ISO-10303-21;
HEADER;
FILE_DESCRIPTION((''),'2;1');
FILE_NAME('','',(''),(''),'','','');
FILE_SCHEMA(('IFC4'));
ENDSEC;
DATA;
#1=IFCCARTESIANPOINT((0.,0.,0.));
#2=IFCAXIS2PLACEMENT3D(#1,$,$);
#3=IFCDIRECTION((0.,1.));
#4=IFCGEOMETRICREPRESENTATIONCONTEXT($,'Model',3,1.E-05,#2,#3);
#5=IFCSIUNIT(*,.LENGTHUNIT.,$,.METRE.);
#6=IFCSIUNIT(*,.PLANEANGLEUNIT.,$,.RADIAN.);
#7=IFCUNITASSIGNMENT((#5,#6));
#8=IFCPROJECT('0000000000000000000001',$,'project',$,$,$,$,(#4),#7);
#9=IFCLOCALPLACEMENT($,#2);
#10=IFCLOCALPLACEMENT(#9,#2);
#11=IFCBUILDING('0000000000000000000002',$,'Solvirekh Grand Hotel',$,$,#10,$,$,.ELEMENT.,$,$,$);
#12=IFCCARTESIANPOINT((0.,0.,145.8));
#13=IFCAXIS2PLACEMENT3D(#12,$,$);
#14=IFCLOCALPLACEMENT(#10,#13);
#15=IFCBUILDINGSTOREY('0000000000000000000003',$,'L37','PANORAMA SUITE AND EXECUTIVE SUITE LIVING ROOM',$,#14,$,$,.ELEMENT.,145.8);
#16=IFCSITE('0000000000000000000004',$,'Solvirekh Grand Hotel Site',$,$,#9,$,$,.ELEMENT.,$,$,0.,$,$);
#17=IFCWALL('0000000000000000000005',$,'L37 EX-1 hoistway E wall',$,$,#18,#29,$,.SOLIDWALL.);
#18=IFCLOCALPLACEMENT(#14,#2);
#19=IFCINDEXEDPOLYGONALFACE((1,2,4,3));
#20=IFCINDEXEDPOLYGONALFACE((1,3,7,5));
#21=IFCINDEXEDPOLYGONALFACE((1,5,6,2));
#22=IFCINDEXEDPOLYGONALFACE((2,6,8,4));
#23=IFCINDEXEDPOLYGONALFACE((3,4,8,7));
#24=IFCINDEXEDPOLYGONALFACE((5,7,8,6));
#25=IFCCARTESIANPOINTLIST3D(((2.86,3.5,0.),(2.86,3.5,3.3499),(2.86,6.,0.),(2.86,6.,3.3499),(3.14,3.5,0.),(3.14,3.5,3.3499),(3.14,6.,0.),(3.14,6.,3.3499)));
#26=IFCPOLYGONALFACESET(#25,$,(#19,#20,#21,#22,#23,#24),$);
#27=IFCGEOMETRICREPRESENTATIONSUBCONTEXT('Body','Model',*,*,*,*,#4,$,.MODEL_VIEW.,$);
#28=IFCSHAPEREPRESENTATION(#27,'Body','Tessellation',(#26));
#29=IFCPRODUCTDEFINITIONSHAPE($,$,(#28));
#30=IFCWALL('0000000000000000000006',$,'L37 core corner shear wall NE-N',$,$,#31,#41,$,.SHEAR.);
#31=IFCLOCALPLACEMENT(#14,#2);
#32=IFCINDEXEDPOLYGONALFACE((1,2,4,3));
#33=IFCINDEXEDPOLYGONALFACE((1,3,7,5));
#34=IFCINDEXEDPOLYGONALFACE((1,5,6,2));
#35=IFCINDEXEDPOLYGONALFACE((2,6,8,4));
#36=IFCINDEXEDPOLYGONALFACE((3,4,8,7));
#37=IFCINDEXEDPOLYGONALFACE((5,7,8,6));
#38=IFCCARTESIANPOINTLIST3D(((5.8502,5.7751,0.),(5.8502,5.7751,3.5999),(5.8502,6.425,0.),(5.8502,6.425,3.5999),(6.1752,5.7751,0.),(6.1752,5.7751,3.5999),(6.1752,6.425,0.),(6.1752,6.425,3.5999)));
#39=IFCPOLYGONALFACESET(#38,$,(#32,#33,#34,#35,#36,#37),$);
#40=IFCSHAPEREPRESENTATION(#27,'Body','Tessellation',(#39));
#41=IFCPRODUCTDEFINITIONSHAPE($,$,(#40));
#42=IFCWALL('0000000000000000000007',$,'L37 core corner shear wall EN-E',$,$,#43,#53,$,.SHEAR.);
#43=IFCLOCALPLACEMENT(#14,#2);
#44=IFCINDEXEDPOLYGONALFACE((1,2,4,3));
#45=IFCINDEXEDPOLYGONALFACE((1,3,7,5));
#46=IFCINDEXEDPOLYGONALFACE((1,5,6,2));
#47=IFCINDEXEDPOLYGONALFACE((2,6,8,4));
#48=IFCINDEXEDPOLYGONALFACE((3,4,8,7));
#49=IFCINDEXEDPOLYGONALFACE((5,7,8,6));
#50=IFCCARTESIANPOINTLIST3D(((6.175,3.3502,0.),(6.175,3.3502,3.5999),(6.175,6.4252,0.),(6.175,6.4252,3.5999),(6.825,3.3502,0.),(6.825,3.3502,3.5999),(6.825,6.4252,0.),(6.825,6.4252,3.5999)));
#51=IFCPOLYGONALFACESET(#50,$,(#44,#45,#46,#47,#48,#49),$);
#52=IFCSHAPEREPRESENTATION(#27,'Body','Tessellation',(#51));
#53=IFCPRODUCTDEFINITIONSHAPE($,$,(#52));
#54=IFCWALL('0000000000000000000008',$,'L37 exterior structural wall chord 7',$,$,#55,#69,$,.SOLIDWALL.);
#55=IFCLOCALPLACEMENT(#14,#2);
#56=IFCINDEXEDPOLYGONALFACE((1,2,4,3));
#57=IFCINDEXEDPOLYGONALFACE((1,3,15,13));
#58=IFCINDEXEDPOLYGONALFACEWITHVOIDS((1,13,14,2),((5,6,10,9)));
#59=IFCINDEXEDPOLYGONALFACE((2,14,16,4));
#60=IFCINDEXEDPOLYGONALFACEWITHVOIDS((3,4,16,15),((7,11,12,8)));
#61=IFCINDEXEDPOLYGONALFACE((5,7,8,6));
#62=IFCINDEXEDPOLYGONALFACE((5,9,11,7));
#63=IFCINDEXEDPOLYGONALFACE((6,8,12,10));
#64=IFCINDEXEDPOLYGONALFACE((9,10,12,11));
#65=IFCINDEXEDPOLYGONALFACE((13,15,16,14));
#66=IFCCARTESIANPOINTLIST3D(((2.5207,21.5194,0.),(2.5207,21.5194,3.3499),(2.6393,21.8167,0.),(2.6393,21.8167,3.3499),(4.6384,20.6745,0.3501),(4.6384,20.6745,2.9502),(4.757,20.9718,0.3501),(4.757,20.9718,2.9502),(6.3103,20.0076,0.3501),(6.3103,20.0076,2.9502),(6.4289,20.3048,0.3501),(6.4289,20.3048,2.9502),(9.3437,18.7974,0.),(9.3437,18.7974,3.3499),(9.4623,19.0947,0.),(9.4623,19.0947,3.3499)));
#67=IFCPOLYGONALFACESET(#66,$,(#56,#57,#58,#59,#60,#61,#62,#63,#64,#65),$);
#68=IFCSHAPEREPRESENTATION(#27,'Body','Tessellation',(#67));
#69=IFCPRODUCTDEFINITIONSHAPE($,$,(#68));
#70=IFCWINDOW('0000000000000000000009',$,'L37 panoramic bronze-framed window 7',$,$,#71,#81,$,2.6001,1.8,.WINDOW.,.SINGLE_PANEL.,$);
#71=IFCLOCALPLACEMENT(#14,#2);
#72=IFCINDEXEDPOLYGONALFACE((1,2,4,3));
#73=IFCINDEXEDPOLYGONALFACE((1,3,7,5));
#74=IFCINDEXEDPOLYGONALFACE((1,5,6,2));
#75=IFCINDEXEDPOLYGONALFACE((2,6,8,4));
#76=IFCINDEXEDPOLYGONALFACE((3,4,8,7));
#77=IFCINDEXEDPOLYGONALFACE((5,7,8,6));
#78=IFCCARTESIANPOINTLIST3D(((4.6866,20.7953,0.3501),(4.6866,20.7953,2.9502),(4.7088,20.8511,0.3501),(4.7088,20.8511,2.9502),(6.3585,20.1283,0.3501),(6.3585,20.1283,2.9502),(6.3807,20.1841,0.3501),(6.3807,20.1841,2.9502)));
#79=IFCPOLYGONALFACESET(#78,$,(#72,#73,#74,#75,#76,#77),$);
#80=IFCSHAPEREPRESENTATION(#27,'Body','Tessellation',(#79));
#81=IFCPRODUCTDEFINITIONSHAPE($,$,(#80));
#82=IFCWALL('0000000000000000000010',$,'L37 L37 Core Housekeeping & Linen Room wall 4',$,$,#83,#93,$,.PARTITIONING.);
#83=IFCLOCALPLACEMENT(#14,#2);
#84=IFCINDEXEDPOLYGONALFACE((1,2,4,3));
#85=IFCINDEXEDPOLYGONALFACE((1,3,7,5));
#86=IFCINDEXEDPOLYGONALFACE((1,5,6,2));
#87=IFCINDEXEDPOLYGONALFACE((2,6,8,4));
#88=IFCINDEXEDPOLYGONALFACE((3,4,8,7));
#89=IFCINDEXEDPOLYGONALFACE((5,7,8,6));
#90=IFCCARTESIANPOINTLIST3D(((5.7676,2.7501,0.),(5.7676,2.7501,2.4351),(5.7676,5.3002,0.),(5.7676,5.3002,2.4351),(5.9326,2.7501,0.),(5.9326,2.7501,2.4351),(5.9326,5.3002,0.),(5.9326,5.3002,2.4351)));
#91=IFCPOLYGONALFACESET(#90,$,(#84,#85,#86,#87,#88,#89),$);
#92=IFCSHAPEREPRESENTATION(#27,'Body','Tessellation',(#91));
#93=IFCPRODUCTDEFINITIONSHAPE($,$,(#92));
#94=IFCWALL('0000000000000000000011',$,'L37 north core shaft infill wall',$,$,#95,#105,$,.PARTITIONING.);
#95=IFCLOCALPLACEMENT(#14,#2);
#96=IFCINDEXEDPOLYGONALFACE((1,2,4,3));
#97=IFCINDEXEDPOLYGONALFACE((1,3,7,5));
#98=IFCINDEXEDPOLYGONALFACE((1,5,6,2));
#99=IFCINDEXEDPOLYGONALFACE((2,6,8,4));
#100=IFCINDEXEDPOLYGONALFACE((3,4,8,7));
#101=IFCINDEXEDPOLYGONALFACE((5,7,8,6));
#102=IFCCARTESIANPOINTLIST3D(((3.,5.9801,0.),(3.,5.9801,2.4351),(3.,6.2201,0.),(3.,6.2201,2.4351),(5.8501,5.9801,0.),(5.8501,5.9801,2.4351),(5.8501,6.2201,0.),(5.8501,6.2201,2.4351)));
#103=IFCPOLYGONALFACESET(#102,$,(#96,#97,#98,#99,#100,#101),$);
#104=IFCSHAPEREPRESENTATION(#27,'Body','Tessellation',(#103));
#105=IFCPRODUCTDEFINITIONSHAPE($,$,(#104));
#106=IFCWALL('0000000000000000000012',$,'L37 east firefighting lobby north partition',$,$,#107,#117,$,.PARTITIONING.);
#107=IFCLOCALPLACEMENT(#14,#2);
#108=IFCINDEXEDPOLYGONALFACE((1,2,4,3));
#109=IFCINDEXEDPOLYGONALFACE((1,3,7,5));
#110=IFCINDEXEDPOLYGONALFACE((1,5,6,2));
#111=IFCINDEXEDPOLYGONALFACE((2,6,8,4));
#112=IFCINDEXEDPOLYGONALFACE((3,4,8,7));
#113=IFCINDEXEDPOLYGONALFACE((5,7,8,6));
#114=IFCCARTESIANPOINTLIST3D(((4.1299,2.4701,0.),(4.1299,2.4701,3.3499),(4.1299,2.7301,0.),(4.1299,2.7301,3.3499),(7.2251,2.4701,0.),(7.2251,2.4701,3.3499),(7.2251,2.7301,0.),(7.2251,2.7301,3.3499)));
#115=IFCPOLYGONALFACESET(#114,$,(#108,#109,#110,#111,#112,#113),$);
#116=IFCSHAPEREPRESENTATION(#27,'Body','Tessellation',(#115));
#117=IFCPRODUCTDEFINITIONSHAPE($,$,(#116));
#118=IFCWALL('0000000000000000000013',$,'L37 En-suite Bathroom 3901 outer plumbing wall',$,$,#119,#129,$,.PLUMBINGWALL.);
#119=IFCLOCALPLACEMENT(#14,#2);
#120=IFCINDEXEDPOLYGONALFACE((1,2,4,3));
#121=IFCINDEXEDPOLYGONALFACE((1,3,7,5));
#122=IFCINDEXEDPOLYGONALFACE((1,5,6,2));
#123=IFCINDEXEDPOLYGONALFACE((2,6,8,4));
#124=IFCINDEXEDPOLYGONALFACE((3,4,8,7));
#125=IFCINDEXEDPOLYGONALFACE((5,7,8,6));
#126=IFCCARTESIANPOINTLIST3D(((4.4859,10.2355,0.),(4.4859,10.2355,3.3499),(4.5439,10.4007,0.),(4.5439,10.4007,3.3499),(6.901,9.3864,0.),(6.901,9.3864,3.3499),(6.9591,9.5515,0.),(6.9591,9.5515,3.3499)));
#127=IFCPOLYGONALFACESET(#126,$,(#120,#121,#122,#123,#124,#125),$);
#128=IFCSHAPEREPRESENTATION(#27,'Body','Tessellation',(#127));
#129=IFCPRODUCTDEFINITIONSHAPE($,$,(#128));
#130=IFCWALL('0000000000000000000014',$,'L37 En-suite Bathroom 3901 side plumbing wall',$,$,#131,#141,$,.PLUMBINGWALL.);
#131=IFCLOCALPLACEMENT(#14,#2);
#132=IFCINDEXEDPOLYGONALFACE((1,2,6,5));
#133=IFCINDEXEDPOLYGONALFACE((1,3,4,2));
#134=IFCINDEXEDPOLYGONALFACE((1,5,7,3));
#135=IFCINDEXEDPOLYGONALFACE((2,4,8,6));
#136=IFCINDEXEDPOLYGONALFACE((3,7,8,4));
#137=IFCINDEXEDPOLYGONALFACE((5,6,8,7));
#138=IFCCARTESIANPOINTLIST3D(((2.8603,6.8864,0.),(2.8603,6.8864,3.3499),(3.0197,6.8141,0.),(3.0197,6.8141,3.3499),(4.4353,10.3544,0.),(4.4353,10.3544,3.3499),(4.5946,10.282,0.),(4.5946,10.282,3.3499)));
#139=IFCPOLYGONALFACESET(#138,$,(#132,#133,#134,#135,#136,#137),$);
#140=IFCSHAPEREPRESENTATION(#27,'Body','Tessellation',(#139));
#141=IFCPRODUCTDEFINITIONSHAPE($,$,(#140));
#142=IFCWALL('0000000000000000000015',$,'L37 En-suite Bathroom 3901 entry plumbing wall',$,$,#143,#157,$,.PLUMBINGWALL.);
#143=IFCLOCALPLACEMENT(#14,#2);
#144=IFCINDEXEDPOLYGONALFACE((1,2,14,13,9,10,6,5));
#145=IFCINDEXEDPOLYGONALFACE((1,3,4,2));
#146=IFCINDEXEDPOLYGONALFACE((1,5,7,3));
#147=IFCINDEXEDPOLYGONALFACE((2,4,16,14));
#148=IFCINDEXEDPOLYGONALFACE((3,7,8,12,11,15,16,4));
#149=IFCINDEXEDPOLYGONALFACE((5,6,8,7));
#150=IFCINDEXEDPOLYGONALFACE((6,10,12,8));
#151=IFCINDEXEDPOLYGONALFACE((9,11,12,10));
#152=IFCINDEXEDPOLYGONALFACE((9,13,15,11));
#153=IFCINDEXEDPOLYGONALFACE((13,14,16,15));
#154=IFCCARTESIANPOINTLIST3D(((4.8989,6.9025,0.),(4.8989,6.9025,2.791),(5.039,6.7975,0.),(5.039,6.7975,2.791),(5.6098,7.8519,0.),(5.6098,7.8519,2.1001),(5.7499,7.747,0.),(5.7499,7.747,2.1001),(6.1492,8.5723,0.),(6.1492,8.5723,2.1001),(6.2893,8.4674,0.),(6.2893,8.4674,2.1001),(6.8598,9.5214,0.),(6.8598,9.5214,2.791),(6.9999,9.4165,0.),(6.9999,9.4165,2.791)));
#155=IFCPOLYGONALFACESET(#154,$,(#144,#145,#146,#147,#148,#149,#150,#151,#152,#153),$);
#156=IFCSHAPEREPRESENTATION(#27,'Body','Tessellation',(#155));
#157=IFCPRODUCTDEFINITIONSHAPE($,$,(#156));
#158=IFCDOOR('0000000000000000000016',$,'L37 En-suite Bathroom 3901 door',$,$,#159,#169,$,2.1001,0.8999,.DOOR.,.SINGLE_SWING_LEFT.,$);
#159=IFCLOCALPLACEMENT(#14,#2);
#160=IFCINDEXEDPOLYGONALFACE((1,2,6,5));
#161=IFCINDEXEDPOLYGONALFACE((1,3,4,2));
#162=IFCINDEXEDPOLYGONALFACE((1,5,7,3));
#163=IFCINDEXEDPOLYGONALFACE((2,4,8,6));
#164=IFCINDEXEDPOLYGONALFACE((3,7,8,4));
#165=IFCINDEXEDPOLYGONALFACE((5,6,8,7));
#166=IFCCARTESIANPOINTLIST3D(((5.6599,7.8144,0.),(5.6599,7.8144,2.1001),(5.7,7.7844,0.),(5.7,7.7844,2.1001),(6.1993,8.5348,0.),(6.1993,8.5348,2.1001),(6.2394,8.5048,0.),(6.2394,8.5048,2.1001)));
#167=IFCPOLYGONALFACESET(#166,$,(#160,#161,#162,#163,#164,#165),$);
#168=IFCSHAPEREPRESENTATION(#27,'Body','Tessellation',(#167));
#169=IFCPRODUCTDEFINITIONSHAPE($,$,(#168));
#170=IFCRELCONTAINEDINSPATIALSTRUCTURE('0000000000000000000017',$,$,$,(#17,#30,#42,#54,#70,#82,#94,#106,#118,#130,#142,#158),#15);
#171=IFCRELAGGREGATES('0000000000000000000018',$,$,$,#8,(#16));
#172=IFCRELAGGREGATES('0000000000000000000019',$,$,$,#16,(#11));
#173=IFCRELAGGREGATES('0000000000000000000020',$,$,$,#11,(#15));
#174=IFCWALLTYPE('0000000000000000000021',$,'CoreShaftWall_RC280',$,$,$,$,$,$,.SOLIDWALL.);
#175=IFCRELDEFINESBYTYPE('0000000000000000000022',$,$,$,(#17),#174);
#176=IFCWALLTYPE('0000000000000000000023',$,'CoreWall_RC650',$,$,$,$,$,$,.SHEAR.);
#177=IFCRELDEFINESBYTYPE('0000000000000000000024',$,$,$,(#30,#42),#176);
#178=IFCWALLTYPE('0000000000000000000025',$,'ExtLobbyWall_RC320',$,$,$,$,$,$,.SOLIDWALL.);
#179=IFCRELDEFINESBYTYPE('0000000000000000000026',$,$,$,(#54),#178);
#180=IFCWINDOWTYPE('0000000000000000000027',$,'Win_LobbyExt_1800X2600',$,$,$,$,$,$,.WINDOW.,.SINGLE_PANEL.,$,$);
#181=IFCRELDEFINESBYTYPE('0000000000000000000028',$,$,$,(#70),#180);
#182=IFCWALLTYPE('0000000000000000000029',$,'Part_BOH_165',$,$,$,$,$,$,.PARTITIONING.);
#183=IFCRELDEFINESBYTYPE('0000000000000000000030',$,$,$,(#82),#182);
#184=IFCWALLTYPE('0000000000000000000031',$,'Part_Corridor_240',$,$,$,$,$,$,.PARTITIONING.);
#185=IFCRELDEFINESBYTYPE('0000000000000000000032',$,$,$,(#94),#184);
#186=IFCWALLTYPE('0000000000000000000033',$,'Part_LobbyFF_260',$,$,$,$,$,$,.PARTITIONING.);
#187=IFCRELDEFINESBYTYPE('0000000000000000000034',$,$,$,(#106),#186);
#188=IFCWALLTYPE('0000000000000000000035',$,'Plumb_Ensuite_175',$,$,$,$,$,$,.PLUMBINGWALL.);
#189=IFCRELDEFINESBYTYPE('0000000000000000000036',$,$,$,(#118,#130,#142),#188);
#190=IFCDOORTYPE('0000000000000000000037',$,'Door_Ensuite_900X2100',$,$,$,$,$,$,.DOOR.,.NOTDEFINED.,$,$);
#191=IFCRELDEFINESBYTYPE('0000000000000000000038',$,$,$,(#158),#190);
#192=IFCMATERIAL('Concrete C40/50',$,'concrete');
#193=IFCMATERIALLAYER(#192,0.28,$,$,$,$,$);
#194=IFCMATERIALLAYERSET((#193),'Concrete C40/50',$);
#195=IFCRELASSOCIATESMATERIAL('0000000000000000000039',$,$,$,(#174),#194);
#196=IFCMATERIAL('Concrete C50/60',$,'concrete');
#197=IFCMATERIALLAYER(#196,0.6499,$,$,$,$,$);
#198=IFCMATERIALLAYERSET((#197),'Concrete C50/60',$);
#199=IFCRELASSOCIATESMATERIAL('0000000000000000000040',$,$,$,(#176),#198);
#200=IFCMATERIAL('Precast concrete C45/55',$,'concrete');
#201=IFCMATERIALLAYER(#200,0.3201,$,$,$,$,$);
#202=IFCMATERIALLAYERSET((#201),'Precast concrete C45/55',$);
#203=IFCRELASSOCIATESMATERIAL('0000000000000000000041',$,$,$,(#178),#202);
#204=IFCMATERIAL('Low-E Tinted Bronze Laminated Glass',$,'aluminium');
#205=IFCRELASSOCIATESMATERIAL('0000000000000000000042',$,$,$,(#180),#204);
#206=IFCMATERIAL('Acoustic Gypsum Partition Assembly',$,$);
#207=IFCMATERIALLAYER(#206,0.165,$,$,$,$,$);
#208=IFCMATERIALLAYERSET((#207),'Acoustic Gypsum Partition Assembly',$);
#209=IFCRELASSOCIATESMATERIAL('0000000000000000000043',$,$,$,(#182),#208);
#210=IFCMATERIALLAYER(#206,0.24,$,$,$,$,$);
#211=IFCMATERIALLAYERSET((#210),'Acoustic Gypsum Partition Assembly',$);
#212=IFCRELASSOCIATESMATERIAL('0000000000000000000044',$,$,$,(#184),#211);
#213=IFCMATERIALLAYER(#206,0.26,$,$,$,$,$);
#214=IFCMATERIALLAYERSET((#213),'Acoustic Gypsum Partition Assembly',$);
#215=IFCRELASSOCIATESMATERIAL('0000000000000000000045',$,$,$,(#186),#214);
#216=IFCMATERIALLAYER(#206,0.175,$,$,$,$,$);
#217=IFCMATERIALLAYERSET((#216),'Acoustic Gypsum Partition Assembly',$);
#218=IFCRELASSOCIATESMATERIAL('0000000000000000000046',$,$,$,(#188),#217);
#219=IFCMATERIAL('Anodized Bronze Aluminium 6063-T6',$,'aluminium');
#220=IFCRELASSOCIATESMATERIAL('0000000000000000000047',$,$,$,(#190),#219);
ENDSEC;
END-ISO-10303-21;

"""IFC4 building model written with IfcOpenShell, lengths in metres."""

from ifc_helpers import new_model, si_unit, direction, frame, frame_2d, origin, place, context, subcontext, project, spatial, rectangle, extrude, material, layer, layer_set, type_object, element, fill, save


model = new_model("IFC4")

# Units and contexts
model_context = context("Model", 3, precision=1e-05, world=origin(), true_north=direction((0.0, 1.0)))
body_context = subcontext(model_context, "Body", "Model", "MODEL_VIEW")
ifc_project = project(units=[si_unit("LENGTHUNIT", "METRE"), si_unit("PLANEANGLEUNIT", "RADIAN")], contexts=[model_context])

# Site, building, storey
site_placement = place(None, origin())
site = spatial("IfcSite", under=ifc_project, at=site_placement, Name="Solvirekh Grand Hotel Site", CompositionType="ELEMENT", RefElevation=0.0)
building_placement = place(site_placement, origin())
building = spatial("IfcBuilding", under=site, at=building_placement, Name="Solvirekh Grand Hotel", CompositionType="ELEMENT")
storey_placement = place(building_placement, frame((0.0, 0.0, 145.8)))
storey = spatial("IfcBuildingStorey", under=building, at=storey_placement, Name="L37", Description="PANORAMA SUITE AND EXECUTIVE SUITE LIVING ROOM", CompositionType="ELEMENT", Elevation=145.8)

# Shared definitions
ifc_material_1 = material(Name="Concrete C50/60", Category="concrete")

# Shared definitions
ifc_material_2 = material(Name="Anodized Bronze Aluminium 6063-T6", Category="aluminium")
ifc_material_3 = material(Name="Low-E Tinted Bronze Laminated Glass", Category="aluminium")

# Walls
ifc_material_4 = material(Name="Concrete C40/50", Category="concrete")
ifc_layer_1 = layer(ifc_material_4, 0.28)
ifc_layer_set_1 = layer_set([ifc_layer_1], Name="Concrete C40/50")
wall_type_1 = type_object("IfcWallType", Name="CoreShaftWall_RC280", PredefinedType="SOLIDWALL", material=ifc_layer_set_1)
wall_1_placement = place(storey_placement, frame((3.0, 3.5, 0.0), z_axis=(0.0, 0.0, 1.0), x_axis=(0.0, 1.0, 0.0)))
element("IfcWall", 1, at=wall_1_placement, inside=storey, type_object=wall_type_1, Name="L37 EX-1 hoistway E wall", PredefinedType="SOLIDWALL", context=body_context, shape_type="SweptSolid", body=[
    extrude(rectangle(XDim=2.5, YDim=0.28, at=frame_2d((1.25, 0.0))), origin(), (0.0, 0.0, 1.0), 3.3499),
])
ifc_layer_2 = layer(ifc_material_1, 0.6499)
ifc_layer_set_2 = layer_set([ifc_layer_2], Name="Concrete C50/60")
wall_type_2 = type_object("IfcWallType", Name="CoreWall_RC650", PredefinedType="SHEAR", material=ifc_layer_set_2)
wall_2_placement = place(storey_placement, frame((5.8501, 6.1001, 0.0), z_axis=(0.0, 0.0, 1.0), x_axis=(1.0, 0.0, 0.0)))
element("IfcWall", 2, at=wall_2_placement, inside=storey, type_object=wall_type_2, Name="L37 core corner shear wall NE-N", PredefinedType="SHEAR", context=body_context, shape_type="SweptSolid", body=[
    extrude(rectangle(XDim=0.325, YDim=0.6499, at=frame_2d((0.1626, 0.0))), origin(), (0.0, 0.0, 1.0), 3.5999),
])
wall_3_placement = place(storey_placement, frame((6.5, 3.3501, 0.0), z_axis=(0.0, 0.0, 1.0), x_axis=(0.0, 1.0, 0.0)))
element("IfcWall", 3, at=wall_3_placement, inside=storey, type_object=wall_type_2, Name="L37 core corner shear wall EN-E", PredefinedType="SHEAR", context=body_context, shape_type="SweptSolid", body=[
    extrude(rectangle(XDim=3.075, YDim=0.6499, at=frame_2d((1.5376, 0.0))), origin(), (0.0, 0.0, 1.0), 3.5999),
])

# Wall, opening, window
ifc_material_5 = material(Name="Precast concrete C45/55", Category="concrete")
ifc_layer_3 = layer(ifc_material_5, 0.3201)
ifc_layer_set_3 = layer_set([ifc_layer_3], Name="Precast concrete C45/55")
wall_type_3 = type_object("IfcWallType", Name="ExtLobbyWall_RC320", PredefinedType="SOLIDWALL", material=ifc_layer_set_3)
wall_4_placement = place(storey_placement, frame((2.5801, 21.668, 0.0), z_axis=(0.0, 0.0, 1.0), x_axis=(0.928818, -0.370537, 0.0)))
wall_4 = element("IfcWall", 4, at=wall_4_placement, inside=storey, type_object=wall_type_3, Name="L37 exterior structural wall chord 7", PredefinedType="SOLIDWALL", context=body_context, shape_type="SweptSolid", body=[
    extrude(rectangle(XDim=7.3459, YDim=0.3201, at=frame_2d((3.6729, 0.0))), origin(), (0.0, 0.0, 1.0), 3.3499),
])
opening_1_placement = place(wall_4_placement, frame((2.28, 0.0, 0.3501)))
opening_1 = element("IfcOpeningElement", 5, at=opening_1_placement, cuts=wall_4, PredefinedType="OPENING", context=body_context, shape_type="SweptSolid", body=[
    extrude(rectangle(XDim=1.8, YDim=2.6001, at=frame_2d((0.8999, 1.3))), frame((0.0, 0.1699, 0.0), z_axis=(0.0, -1.0, 0.0), x_axis=(1.0, 0.0, 0.0)), (0.0, 0.0, 1.0), 0.3401),
])
window_type = type_object("IfcWindowType", Name="Win_LobbyExt_1800X2600", PartitioningType="SINGLE_PANEL", PredefinedType="WINDOW", material=ifc_material_3)
window_placement = place(opening_1_placement, origin())
window = element("IfcWindow", 6, at=window_placement, inside=storey, type_object=window_type, Name="L37 panoramic bronze-framed window 7", OverallHeight=2.6001, OverallWidth=1.8, PartitioningType="SINGLE_PANEL", PredefinedType="WINDOW", context=body_context, shape_type="SweptSolid", body=[
    extrude(rectangle(XDim=1.8, YDim=2.6001, at=frame_2d((0.8999, 1.3))), frame((0.0, 0.03, 0.0), z_axis=(0.0, -1.0, 0.0), x_axis=(1.0, 0.0, 0.0)), (0.0, 0.0, 1.0), 0.0601),
])
fill(opening_1, window)

# Walls
ifc_material_6 = material(Name="Acoustic Gypsum Partition Assembly")
ifc_layer_4 = layer(ifc_material_6, 0.165)
ifc_layer_set_4 = layer_set([ifc_layer_4], Name="Acoustic Gypsum Partition Assembly")
wall_type_4 = type_object("IfcWallType", Name="Part_BOH_165", PredefinedType="PARTITIONING", material=ifc_layer_set_4)
wall_5_placement = place(storey_placement, frame((5.8501, 5.3, 0.0), z_axis=(0.0, 0.0, 1.0), x_axis=(0.0, -1.0, 0.0)))
element("IfcWall", 7, at=wall_5_placement, inside=storey, type_object=wall_type_4, Name="L37 L37 Core Housekeeping & Linen Room wall 4", PredefinedType="PARTITIONING", context=body_context, shape_type="SweptSolid", body=[
    extrude(rectangle(XDim=2.55, YDim=0.165, at=frame_2d((1.2749, 0.0))), origin(), (0.0, 0.0, 1.0), 2.4351),
])
ifc_layer_5 = layer(ifc_material_6, 0.24)
ifc_layer_set_5 = layer_set([ifc_layer_5], Name="Acoustic Gypsum Partition Assembly")
wall_type_5 = type_object("IfcWallType", Name="Part_Corridor_240", PredefinedType="PARTITIONING", material=ifc_layer_set_5)
wall_6_placement = place(storey_placement, frame((3.0, 6.1001, 0.0), z_axis=(0.0, 0.0, 1.0), x_axis=(1.0, 0.0, 0.0)))
element("IfcWall", 8, at=wall_6_placement, inside=storey, type_object=wall_type_5, Name="L37 north core shaft infill wall", PredefinedType="PARTITIONING", context=body_context, shape_type="SweptSolid", body=[
    extrude(rectangle(XDim=2.8501, YDim=0.24, at=frame_2d((1.425, 0.0))), origin(), (0.0, 0.0, 1.0), 2.4351),
])
ifc_layer_6 = layer(ifc_material_6, 0.26)
ifc_layer_set_6 = layer_set([ifc_layer_6], Name="Acoustic Gypsum Partition Assembly")
wall_type_6 = type_object("IfcWallType", Name="Part_LobbyFF_260", PredefinedType="PARTITIONING", material=ifc_layer_set_6)
wall_7_placement = place(storey_placement, frame((4.1299, 2.6001, 0.0), z_axis=(0.0, 0.0, 1.0), x_axis=(1.0, 0.0, 0.0)))
element("IfcWall", 9, at=wall_7_placement, inside=storey, type_object=wall_type_6, Name="L37 east firefighting lobby north partition", PredefinedType="PARTITIONING", context=body_context, shape_type="SweptSolid", body=[
    extrude(rectangle(XDim=3.0952, YDim=0.26, at=frame_2d((1.5476, 0.0))), origin(), (0.0, 0.0, 1.0), 3.3499),
])
ifc_layer_7 = layer(ifc_material_6, 0.175)
ifc_layer_set_7 = layer_set([ifc_layer_7], Name="Acoustic Gypsum Partition Assembly")
wall_type_7 = type_object("IfcWallType", Name="Plumb_Ensuite_175", PredefinedType="PLUMBINGWALL", material=ifc_layer_set_7)
wall_8_placement = place(storey_placement, frame((4.5149, 10.3181, 0.0), z_axis=(0.0, 0.0, 1.0), x_axis=(0.943388, -0.331692, 0.0)))
element("IfcWall", 10, at=wall_8_placement, inside=storey, type_object=wall_type_7, Name="L37 En-suite Bathroom 3901 outer plumbing wall", PredefinedType="PLUMBINGWALL", context=body_context, shape_type="SweptSolid", body=[
    extrude(rectangle(XDim=2.5601, YDim=0.175, at=frame_2d((1.28, 0.0))), origin(), (0.0, 0.0, 1.0), 3.3499),
])
wall_9_placement = place(storey_placement, frame((4.5149, 10.3181, 0.0), z_axis=(0.0, 0.0, 1.0), x_axis=(-0.413494, -0.910507, 0.0)))
element("IfcWall", 11, at=wall_9_placement, inside=storey, type_object=wall_type_7, Name="L37 En-suite Bathroom 3901 side plumbing wall", PredefinedType="PLUMBINGWALL", context=body_context, shape_type="SweptSolid", body=[
    extrude(rectangle(XDim=3.8088, YDim=0.175, at=frame_2d((1.9043, 0.0))), origin(), (0.0, 0.0, 1.0), 3.3499),
])

# Wall, opening, door
wall_10_placement = place(storey_placement, frame((4.969, 6.8501, 0.0), z_axis=(0.0, 0.0, 1.0), x_axis=(0.599367, 0.800474, 0.0)))
wall_10 = element("IfcWall", 12, at=wall_10_placement, inside=storey, type_object=wall_type_7, Name="L37 En-suite Bathroom 3901 entry plumbing wall", PredefinedType="PLUMBINGWALL", context=body_context, shape_type="SweptSolid", body=[
    extrude(rectangle(XDim=3.2717, YDim=0.175, at=frame_2d((1.6357, 0.0))), origin(), (0.0, 0.0, 1.0), 2.791),
])
opening_2_placement = place(wall_10_placement, frame((1.186, 0.0, 0.0)))
opening_2 = element("IfcOpeningElement", 13, at=opening_2_placement, cuts=wall_10, PredefinedType="OPENING", context=body_context, shape_type="SweptSolid", body=[
    extrude(rectangle(XDim=0.8999, YDim=2.1001, at=frame_2d((0.45, 1.05))), frame((0.0, 0.0977, 0.0), z_axis=(0.0, -1.0, 0.0), x_axis=(1.0, 0.0, 0.0)), (0.0, 0.0, 1.0), 0.1951),
])
door_type = type_object("IfcDoorType", Name="Door_Ensuite_900X2100", OperationType="NOTDEFINED", PredefinedType="DOOR", material=ifc_material_2)
door_1_placement = place(opening_2_placement, origin())
door_1 = element("IfcDoor", 14, at=door_1_placement, inside=storey, type_object=door_type, Name="L37 En-suite Bathroom 3901 door", OperationType="SINGLE_SWING_LEFT", OverallHeight=2.1001, OverallWidth=0.8999, PredefinedType="DOOR", context=body_context, shape_type="SweptSolid", body=[
    extrude(rectangle(XDim=0.8999, YDim=2.1001, at=frame_2d((0.45, 1.05))), frame((0.0, 0.0249, 0.0), z_axis=(0.0, -1.0, 0.0), x_axis=(1.0, 0.0, 0.0)), (0.0, 0.0, 1.0), 0.05),
])
fill(opening_2, door_1)

save(model, "model.ifc")
